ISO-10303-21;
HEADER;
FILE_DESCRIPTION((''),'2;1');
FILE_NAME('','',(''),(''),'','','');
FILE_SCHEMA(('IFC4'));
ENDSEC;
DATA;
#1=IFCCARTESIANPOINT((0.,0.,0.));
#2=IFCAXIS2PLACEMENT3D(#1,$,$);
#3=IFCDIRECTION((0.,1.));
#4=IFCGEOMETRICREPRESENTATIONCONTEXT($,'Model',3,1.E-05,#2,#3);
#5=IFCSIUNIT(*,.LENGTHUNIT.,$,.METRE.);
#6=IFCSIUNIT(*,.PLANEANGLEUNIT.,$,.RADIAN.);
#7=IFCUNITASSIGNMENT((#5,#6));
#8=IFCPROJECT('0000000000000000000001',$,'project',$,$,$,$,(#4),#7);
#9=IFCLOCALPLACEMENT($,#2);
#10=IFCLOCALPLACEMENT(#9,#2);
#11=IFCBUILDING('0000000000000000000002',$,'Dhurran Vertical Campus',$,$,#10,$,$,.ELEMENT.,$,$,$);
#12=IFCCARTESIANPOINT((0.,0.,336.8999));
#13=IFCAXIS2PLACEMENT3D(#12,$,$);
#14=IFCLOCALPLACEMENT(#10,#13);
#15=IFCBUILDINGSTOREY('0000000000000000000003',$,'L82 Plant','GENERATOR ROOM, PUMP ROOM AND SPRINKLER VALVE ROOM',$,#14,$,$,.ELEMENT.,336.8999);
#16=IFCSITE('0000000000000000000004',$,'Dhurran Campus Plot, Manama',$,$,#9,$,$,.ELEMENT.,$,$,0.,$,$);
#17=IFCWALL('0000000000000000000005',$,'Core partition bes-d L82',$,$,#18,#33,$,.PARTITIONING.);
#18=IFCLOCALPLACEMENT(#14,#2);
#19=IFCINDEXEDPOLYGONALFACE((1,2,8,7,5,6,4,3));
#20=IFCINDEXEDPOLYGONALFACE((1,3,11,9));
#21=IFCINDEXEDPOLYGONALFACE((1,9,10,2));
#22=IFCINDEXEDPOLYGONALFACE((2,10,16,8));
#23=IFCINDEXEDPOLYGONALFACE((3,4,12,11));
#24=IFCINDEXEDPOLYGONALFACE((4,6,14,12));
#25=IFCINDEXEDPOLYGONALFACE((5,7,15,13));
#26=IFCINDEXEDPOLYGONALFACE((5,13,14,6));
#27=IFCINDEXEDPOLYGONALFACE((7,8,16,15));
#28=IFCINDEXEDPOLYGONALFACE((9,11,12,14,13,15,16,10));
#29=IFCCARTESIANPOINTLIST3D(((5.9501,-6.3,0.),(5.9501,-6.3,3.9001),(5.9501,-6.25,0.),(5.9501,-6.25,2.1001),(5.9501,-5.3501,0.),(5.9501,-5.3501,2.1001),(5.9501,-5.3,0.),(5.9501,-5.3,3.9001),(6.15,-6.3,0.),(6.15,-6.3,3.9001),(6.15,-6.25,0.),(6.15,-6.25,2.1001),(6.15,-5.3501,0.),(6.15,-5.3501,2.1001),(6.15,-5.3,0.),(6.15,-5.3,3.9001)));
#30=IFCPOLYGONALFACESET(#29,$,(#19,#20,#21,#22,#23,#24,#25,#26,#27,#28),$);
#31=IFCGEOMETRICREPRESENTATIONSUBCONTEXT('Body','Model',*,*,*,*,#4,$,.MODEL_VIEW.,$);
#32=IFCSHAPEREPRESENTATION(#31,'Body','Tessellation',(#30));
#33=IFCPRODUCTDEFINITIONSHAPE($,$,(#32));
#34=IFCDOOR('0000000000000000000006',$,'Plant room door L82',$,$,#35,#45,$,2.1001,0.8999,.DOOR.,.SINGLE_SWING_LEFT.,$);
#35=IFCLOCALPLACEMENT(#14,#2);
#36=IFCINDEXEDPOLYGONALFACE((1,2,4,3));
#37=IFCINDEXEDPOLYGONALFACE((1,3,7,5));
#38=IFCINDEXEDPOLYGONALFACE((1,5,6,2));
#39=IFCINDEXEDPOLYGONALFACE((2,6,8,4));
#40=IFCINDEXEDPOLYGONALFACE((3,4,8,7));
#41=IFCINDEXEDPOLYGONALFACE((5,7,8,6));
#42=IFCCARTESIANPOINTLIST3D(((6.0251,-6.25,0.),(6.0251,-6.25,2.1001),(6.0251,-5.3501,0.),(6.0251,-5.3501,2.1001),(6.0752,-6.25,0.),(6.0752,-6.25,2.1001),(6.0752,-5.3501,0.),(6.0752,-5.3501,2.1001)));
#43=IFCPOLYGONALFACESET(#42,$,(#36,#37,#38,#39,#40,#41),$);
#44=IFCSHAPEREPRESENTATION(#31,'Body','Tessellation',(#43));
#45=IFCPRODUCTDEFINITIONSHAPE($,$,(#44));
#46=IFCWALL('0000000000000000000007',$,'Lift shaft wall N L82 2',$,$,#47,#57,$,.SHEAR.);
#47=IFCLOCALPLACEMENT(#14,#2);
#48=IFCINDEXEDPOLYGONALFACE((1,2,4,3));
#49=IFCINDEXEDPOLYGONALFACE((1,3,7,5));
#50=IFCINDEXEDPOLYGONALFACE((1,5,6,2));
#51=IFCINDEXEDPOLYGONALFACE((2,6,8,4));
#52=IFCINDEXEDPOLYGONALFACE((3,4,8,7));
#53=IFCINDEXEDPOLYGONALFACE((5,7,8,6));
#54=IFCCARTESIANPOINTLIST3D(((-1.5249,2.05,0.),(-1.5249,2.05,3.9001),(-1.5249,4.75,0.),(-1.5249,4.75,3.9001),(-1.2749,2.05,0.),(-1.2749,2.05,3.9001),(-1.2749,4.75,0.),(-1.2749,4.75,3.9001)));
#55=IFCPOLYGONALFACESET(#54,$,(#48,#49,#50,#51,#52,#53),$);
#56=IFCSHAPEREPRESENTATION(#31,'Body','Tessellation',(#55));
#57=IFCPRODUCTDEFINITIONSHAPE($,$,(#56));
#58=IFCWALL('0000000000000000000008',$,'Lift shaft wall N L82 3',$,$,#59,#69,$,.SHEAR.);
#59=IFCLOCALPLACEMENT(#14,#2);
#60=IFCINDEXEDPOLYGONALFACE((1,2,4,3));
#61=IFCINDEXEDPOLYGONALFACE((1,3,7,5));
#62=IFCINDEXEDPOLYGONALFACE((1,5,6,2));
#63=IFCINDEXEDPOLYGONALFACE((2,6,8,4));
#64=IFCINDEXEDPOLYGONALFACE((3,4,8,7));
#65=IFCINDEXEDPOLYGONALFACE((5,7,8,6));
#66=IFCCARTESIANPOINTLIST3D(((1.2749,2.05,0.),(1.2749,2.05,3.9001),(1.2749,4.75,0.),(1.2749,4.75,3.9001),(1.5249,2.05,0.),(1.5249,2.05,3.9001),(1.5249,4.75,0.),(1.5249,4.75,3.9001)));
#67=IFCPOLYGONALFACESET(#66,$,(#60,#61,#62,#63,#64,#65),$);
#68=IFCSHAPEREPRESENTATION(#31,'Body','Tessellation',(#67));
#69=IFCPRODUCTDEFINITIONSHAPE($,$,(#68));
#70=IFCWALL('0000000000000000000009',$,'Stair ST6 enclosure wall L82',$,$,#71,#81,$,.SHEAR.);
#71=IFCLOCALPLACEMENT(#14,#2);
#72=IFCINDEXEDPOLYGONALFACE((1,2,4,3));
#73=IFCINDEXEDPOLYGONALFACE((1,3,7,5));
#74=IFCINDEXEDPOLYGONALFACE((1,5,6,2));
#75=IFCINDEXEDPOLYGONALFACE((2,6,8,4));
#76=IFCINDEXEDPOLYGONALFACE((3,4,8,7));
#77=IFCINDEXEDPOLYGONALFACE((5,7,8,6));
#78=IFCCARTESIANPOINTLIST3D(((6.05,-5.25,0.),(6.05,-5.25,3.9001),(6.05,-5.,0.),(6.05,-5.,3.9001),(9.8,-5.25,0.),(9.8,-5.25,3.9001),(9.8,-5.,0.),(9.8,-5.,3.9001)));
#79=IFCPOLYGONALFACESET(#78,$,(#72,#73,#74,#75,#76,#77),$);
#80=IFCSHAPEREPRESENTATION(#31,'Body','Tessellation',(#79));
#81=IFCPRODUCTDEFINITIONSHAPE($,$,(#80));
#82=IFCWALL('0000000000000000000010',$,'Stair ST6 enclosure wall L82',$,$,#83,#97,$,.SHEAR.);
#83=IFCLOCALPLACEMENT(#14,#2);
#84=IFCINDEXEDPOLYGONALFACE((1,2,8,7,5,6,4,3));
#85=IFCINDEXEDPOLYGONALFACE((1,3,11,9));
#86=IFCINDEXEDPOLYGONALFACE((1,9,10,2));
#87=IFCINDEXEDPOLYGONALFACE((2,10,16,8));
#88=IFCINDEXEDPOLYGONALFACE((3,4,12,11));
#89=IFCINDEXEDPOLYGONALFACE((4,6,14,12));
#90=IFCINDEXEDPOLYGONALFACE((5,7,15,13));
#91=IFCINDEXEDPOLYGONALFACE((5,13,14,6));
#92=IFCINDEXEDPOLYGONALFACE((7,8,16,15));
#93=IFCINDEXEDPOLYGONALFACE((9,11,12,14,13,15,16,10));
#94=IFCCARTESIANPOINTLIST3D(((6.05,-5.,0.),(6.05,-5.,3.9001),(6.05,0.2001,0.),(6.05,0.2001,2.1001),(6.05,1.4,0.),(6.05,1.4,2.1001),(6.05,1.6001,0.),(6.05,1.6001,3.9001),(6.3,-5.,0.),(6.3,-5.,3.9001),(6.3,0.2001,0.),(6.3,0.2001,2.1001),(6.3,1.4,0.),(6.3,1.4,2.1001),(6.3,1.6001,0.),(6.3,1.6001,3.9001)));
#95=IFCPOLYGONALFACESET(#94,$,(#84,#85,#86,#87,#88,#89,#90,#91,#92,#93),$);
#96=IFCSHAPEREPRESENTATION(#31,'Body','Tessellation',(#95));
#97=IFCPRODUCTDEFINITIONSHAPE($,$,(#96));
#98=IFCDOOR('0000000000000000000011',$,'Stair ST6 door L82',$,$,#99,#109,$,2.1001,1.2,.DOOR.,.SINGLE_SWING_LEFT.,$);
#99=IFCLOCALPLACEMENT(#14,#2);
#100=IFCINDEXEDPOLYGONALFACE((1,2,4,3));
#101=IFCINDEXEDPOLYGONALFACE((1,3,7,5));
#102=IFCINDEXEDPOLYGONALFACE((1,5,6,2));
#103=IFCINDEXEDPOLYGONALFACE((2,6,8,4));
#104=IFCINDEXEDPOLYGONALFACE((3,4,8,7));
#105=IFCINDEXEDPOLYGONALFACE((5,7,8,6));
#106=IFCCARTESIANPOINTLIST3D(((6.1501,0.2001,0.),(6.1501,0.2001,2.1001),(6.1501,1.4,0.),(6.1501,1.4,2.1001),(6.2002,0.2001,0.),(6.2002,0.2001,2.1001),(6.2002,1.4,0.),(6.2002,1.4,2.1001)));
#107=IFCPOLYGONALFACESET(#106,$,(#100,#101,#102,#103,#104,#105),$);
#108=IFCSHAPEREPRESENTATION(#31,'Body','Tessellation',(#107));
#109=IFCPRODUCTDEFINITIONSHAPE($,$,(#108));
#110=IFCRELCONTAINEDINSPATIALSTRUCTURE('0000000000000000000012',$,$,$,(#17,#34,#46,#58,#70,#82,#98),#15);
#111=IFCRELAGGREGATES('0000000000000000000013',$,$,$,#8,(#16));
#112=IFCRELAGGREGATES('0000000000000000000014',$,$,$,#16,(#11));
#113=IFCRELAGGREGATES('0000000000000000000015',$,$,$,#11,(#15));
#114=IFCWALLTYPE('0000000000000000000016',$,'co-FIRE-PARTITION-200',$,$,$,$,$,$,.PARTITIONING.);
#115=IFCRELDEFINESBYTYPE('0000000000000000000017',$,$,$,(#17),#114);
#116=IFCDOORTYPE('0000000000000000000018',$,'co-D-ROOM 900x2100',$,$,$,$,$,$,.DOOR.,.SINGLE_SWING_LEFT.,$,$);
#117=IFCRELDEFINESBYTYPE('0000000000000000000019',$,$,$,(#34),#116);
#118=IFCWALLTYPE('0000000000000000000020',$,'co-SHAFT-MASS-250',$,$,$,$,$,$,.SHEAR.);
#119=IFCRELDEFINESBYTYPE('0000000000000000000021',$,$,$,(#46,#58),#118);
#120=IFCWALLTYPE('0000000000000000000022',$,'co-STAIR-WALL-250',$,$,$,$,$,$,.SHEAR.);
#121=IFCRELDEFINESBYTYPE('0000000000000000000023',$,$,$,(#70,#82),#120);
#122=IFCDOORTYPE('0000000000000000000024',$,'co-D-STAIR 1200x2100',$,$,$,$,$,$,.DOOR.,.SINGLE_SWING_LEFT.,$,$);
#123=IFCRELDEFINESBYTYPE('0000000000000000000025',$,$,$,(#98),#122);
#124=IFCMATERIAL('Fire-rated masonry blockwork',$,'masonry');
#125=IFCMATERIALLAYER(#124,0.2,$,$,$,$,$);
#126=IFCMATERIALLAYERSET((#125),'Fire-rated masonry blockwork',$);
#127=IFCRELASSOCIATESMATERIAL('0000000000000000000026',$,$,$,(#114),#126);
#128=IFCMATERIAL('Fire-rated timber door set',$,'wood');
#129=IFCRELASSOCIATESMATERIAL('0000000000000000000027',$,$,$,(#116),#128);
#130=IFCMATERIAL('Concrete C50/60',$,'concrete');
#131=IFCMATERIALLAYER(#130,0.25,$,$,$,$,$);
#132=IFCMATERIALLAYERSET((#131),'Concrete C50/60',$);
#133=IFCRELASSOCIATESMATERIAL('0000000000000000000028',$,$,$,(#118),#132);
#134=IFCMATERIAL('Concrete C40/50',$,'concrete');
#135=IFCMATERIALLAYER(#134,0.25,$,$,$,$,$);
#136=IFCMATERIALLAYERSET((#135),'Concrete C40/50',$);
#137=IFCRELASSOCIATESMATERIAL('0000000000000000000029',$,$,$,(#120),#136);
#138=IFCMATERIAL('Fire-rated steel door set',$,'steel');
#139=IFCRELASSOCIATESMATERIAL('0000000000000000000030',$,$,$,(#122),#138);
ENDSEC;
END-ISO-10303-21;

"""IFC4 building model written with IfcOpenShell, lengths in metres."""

from ifc_helpers import new_model, si_unit, direction, frame, frame_2d, origin, place, context, subcontext, project, spatial, polyline, rectangle, outline, extrude, material, layer, layer_set, type_object, element, fill, save


model = new_model("IFC4")

# Units and contexts
model_context = context("Model", 3, precision=1e-05, world=origin(), true_north=direction((0.0, 1.0)))
body_context = subcontext(model_context, "Body", "Model", "MODEL_VIEW")
ifc_project = project(units=[si_unit("LENGTHUNIT", "METRE"), si_unit("PLANEANGLEUNIT", "RADIAN")], contexts=[model_context])

# Site, building, storey
site_placement = place(None, origin())
site = spatial("IfcSite", under=ifc_project, at=site_placement, Name="Dhurran Campus Plot, Manama", CompositionType="ELEMENT", RefElevation=0.0)
building_placement = place(site_placement, origin())
building = spatial("IfcBuilding", under=site, at=building_placement, Name="Dhurran Vertical Campus", CompositionType="ELEMENT")
storey_placement = place(building_placement, frame((0.0, 0.0, 336.8999)))
storey = spatial("IfcBuildingStorey", under=building, at=storey_placement, Name="L82 Plant", Description="GENERATOR ROOM, PUMP ROOM AND SPRINKLER VALVE ROOM", CompositionType="ELEMENT", Elevation=336.8999)

# Wall, opening, door
ifc_material_1 = material(Name="Fire-rated masonry blockwork", Category="masonry")
ifc_layer_1 = layer(ifc_material_1, 0.2)
ifc_layer_set_1 = layer_set([ifc_layer_1], Name="Fire-rated masonry blockwork")
wall_type_1 = type_object("IfcWallType", Name="co-FIRE-PARTITION-200", PredefinedType="PARTITIONING", material=ifc_layer_set_1)
ifc_material_2 = material(Name="Fire-rated timber door set", Category="wood")
door_type_1 = type_object("IfcDoorType", Name="co-D-ROOM 900x2100", OperationType="SINGLE_SWING_LEFT", PredefinedType="DOOR", material=ifc_material_2)
wall_1_placement = place(storey_placement, frame((6.05, -6.3, 0.0), z_axis=(0.0, 0.0, 1.0), x_axis=(0.0, 1.0, 0.0)))
wall_1 = element("IfcWall", 1, at=wall_1_placement, inside=storey, type_object=wall_type_1, Name="Core partition bes-d L82", PredefinedType="PARTITIONING", context=body_context, shape_type="SweptSolid", body=[
    extrude(rectangle(XDim=1.0, YDim=0.2, at=frame_2d((0.5, 0.0))), origin(), (0.0, 0.0, 1.0), 3.9001),
])
opening_1_placement = place(wall_1_placement, frame((0.05, 0.0, 0.0)))
opening_1 = element("IfcOpeningElement", 2, at=opening_1_placement, cuts=wall_1, PredefinedType="OPENING", context=body_context, shape_type="SweptSolid", body=[
    extrude(rectangle(XDim=0.8999, YDim=2.1001, at=frame_2d((0.45, 1.05))), frame((0.0, 0.1099, 0.0), z_axis=(0.0, -1.0, 0.0), x_axis=(1.0, 0.0, 0.0)), (0.0, 0.0, 1.0), 0.22),
])
door_1_placement = place(opening_1_placement, origin())
door_1 = element("IfcDoor", 3, at=door_1_placement, inside=storey, type_object=door_type_1, Name="Plant room door L82", OperationType="SINGLE_SWING_LEFT", OverallHeight=2.1001, OverallWidth=0.8999, PredefinedType="DOOR", context=body_context, shape_type="SweptSolid", body=[
    extrude(rectangle(XDim=0.8999, YDim=2.1001, at=frame_2d((0.45, 1.05))), frame((0.0, 0.0249, 0.0), z_axis=(0.0, -1.0, 0.0), x_axis=(1.0, 0.0, 0.0)), (0.0, 0.0, 1.0), 0.05),
])
fill(opening_1, door_1)

# Walls
ifc_material_3 = material(Name="Concrete C50/60", Category="concrete")
ifc_layer_2 = layer(ifc_material_3, 0.25)
ifc_layer_set_2 = layer_set([ifc_layer_2], Name="Concrete C50/60")
wall_type_2 = type_object("IfcWallType", Name="co-SHAFT-MASS-250", PredefinedType="SHEAR", material=ifc_layer_set_2)
wall_2_placement = place(storey_placement, origin())
element("IfcWall", 4, at=wall_2_placement, inside=storey, type_object=wall_type_2, Name="Lift shaft wall N L82 2", PredefinedType="SHEAR", context=body_context, shape_type="SweptSolid", body=[
    extrude(outline(polyline([(-1.5249, 2.05), (-1.2749, 2.05), (-1.2749, 4.75), (-1.5249, 4.75), (-1.5249, 2.05)])), origin(), (0.0, 0.0, 1.0), 3.9001),
])
wall_3_placement = place(storey_placement, origin())
element("IfcWall", 5, at=wall_3_placement, inside=storey, type_object=wall_type_2, Name="Lift shaft wall N L82 3", PredefinedType="SHEAR", context=body_context, shape_type="SweptSolid", body=[
    extrude(outline(polyline([(1.2749, 2.05), (1.5249, 2.05), (1.5249, 4.75), (1.2749, 4.75), (1.2749, 2.05)])), origin(), (0.0, 0.0, 1.0), 3.9001),
])
ifc_material_4 = material(Name="Concrete C40/50", Category="concrete")
ifc_layer_3 = layer(ifc_material_4, 0.25)
ifc_layer_set_3 = layer_set([ifc_layer_3], Name="Concrete C40/50")
wall_type_3 = type_object("IfcWallType", Name="co-STAIR-WALL-250", PredefinedType="SHEAR", material=ifc_layer_set_3)
wall_4_placement = place(storey_placement, frame((6.05, -5.125, 0.0), z_axis=(0.0, 0.0, 1.0), x_axis=(1.0, 0.0, 0.0)))
element("IfcWall", 6, at=wall_4_placement, inside=storey, type_object=wall_type_3, Name="Stair ST6 enclosure wall L82", PredefinedType="SHEAR", context=body_context, shape_type="SweptSolid", body=[
    extrude(rectangle(XDim=3.75, YDim=0.25, at=frame_2d((1.875, 0.0))), origin(), (0.0, 0.0, 1.0), 3.9001),
])

# Wall, opening, door
wall_5_placement = place(storey_placement, frame((6.175, -5.0, 0.0), z_axis=(0.0, 0.0, 1.0), x_axis=(0.0, 1.0, 0.0)))
wall_5 = element("IfcWall", 7, at=wall_5_placement, inside=storey, type_object=wall_type_3, Name="Stair ST6 enclosure wall L82", PredefinedType="SHEAR", context=body_context, shape_type="SweptSolid", body=[
    extrude(rectangle(XDim=6.6001, YDim=0.25, at=frame_2d((3.3, 0.0))), origin(), (0.0, 0.0, 1.0), 3.9001),
])
opening_2_placement = place(wall_5_placement, frame((5.2, 0.0, 0.0)))
opening_2 = element("IfcOpeningElement", 8, at=opening_2_placement, cuts=wall_5, PredefinedType="OPENING", context=body_context, shape_type="SweptSolid", body=[
    extrude(rectangle(XDim=1.2, YDim=2.1001, at=frame_2d((0.6001, 1.05))), frame((0.0, 0.135, 0.0), z_axis=(0.0, -1.0, 0.0), x_axis=(1.0, 0.0, 0.0)), (0.0, 0.0, 1.0), 0.27),
])
ifc_material_5 = material(Name="Fire-rated steel door set", Category="steel")
door_type_2 = type_object("IfcDoorType", Name="co-D-STAIR 1200x2100", OperationType="SINGLE_SWING_LEFT", PredefinedType="DOOR", material=ifc_material_5)
door_2_placement = place(opening_2_placement, origin())
door_2 = element("IfcDoor", 9, at=door_2_placement, inside=storey, type_object=door_type_2, Name="Stair ST6 door L82", OperationType="SINGLE_SWING_LEFT", OverallHeight=2.1001, OverallWidth=1.2, PredefinedType="DOOR", context=body_context, shape_type="SweptSolid", body=[
    extrude(rectangle(XDim=1.2, YDim=2.1001, at=frame_2d((0.6001, 1.05))), frame((0.0, 0.0249, 0.0), z_axis=(0.0, -1.0, 0.0), x_axis=(1.0, 0.0, 0.0)), (0.0, 0.0, 1.0), 0.05),
])
fill(opening_2, door_2)

save(model, "model.ifc")
